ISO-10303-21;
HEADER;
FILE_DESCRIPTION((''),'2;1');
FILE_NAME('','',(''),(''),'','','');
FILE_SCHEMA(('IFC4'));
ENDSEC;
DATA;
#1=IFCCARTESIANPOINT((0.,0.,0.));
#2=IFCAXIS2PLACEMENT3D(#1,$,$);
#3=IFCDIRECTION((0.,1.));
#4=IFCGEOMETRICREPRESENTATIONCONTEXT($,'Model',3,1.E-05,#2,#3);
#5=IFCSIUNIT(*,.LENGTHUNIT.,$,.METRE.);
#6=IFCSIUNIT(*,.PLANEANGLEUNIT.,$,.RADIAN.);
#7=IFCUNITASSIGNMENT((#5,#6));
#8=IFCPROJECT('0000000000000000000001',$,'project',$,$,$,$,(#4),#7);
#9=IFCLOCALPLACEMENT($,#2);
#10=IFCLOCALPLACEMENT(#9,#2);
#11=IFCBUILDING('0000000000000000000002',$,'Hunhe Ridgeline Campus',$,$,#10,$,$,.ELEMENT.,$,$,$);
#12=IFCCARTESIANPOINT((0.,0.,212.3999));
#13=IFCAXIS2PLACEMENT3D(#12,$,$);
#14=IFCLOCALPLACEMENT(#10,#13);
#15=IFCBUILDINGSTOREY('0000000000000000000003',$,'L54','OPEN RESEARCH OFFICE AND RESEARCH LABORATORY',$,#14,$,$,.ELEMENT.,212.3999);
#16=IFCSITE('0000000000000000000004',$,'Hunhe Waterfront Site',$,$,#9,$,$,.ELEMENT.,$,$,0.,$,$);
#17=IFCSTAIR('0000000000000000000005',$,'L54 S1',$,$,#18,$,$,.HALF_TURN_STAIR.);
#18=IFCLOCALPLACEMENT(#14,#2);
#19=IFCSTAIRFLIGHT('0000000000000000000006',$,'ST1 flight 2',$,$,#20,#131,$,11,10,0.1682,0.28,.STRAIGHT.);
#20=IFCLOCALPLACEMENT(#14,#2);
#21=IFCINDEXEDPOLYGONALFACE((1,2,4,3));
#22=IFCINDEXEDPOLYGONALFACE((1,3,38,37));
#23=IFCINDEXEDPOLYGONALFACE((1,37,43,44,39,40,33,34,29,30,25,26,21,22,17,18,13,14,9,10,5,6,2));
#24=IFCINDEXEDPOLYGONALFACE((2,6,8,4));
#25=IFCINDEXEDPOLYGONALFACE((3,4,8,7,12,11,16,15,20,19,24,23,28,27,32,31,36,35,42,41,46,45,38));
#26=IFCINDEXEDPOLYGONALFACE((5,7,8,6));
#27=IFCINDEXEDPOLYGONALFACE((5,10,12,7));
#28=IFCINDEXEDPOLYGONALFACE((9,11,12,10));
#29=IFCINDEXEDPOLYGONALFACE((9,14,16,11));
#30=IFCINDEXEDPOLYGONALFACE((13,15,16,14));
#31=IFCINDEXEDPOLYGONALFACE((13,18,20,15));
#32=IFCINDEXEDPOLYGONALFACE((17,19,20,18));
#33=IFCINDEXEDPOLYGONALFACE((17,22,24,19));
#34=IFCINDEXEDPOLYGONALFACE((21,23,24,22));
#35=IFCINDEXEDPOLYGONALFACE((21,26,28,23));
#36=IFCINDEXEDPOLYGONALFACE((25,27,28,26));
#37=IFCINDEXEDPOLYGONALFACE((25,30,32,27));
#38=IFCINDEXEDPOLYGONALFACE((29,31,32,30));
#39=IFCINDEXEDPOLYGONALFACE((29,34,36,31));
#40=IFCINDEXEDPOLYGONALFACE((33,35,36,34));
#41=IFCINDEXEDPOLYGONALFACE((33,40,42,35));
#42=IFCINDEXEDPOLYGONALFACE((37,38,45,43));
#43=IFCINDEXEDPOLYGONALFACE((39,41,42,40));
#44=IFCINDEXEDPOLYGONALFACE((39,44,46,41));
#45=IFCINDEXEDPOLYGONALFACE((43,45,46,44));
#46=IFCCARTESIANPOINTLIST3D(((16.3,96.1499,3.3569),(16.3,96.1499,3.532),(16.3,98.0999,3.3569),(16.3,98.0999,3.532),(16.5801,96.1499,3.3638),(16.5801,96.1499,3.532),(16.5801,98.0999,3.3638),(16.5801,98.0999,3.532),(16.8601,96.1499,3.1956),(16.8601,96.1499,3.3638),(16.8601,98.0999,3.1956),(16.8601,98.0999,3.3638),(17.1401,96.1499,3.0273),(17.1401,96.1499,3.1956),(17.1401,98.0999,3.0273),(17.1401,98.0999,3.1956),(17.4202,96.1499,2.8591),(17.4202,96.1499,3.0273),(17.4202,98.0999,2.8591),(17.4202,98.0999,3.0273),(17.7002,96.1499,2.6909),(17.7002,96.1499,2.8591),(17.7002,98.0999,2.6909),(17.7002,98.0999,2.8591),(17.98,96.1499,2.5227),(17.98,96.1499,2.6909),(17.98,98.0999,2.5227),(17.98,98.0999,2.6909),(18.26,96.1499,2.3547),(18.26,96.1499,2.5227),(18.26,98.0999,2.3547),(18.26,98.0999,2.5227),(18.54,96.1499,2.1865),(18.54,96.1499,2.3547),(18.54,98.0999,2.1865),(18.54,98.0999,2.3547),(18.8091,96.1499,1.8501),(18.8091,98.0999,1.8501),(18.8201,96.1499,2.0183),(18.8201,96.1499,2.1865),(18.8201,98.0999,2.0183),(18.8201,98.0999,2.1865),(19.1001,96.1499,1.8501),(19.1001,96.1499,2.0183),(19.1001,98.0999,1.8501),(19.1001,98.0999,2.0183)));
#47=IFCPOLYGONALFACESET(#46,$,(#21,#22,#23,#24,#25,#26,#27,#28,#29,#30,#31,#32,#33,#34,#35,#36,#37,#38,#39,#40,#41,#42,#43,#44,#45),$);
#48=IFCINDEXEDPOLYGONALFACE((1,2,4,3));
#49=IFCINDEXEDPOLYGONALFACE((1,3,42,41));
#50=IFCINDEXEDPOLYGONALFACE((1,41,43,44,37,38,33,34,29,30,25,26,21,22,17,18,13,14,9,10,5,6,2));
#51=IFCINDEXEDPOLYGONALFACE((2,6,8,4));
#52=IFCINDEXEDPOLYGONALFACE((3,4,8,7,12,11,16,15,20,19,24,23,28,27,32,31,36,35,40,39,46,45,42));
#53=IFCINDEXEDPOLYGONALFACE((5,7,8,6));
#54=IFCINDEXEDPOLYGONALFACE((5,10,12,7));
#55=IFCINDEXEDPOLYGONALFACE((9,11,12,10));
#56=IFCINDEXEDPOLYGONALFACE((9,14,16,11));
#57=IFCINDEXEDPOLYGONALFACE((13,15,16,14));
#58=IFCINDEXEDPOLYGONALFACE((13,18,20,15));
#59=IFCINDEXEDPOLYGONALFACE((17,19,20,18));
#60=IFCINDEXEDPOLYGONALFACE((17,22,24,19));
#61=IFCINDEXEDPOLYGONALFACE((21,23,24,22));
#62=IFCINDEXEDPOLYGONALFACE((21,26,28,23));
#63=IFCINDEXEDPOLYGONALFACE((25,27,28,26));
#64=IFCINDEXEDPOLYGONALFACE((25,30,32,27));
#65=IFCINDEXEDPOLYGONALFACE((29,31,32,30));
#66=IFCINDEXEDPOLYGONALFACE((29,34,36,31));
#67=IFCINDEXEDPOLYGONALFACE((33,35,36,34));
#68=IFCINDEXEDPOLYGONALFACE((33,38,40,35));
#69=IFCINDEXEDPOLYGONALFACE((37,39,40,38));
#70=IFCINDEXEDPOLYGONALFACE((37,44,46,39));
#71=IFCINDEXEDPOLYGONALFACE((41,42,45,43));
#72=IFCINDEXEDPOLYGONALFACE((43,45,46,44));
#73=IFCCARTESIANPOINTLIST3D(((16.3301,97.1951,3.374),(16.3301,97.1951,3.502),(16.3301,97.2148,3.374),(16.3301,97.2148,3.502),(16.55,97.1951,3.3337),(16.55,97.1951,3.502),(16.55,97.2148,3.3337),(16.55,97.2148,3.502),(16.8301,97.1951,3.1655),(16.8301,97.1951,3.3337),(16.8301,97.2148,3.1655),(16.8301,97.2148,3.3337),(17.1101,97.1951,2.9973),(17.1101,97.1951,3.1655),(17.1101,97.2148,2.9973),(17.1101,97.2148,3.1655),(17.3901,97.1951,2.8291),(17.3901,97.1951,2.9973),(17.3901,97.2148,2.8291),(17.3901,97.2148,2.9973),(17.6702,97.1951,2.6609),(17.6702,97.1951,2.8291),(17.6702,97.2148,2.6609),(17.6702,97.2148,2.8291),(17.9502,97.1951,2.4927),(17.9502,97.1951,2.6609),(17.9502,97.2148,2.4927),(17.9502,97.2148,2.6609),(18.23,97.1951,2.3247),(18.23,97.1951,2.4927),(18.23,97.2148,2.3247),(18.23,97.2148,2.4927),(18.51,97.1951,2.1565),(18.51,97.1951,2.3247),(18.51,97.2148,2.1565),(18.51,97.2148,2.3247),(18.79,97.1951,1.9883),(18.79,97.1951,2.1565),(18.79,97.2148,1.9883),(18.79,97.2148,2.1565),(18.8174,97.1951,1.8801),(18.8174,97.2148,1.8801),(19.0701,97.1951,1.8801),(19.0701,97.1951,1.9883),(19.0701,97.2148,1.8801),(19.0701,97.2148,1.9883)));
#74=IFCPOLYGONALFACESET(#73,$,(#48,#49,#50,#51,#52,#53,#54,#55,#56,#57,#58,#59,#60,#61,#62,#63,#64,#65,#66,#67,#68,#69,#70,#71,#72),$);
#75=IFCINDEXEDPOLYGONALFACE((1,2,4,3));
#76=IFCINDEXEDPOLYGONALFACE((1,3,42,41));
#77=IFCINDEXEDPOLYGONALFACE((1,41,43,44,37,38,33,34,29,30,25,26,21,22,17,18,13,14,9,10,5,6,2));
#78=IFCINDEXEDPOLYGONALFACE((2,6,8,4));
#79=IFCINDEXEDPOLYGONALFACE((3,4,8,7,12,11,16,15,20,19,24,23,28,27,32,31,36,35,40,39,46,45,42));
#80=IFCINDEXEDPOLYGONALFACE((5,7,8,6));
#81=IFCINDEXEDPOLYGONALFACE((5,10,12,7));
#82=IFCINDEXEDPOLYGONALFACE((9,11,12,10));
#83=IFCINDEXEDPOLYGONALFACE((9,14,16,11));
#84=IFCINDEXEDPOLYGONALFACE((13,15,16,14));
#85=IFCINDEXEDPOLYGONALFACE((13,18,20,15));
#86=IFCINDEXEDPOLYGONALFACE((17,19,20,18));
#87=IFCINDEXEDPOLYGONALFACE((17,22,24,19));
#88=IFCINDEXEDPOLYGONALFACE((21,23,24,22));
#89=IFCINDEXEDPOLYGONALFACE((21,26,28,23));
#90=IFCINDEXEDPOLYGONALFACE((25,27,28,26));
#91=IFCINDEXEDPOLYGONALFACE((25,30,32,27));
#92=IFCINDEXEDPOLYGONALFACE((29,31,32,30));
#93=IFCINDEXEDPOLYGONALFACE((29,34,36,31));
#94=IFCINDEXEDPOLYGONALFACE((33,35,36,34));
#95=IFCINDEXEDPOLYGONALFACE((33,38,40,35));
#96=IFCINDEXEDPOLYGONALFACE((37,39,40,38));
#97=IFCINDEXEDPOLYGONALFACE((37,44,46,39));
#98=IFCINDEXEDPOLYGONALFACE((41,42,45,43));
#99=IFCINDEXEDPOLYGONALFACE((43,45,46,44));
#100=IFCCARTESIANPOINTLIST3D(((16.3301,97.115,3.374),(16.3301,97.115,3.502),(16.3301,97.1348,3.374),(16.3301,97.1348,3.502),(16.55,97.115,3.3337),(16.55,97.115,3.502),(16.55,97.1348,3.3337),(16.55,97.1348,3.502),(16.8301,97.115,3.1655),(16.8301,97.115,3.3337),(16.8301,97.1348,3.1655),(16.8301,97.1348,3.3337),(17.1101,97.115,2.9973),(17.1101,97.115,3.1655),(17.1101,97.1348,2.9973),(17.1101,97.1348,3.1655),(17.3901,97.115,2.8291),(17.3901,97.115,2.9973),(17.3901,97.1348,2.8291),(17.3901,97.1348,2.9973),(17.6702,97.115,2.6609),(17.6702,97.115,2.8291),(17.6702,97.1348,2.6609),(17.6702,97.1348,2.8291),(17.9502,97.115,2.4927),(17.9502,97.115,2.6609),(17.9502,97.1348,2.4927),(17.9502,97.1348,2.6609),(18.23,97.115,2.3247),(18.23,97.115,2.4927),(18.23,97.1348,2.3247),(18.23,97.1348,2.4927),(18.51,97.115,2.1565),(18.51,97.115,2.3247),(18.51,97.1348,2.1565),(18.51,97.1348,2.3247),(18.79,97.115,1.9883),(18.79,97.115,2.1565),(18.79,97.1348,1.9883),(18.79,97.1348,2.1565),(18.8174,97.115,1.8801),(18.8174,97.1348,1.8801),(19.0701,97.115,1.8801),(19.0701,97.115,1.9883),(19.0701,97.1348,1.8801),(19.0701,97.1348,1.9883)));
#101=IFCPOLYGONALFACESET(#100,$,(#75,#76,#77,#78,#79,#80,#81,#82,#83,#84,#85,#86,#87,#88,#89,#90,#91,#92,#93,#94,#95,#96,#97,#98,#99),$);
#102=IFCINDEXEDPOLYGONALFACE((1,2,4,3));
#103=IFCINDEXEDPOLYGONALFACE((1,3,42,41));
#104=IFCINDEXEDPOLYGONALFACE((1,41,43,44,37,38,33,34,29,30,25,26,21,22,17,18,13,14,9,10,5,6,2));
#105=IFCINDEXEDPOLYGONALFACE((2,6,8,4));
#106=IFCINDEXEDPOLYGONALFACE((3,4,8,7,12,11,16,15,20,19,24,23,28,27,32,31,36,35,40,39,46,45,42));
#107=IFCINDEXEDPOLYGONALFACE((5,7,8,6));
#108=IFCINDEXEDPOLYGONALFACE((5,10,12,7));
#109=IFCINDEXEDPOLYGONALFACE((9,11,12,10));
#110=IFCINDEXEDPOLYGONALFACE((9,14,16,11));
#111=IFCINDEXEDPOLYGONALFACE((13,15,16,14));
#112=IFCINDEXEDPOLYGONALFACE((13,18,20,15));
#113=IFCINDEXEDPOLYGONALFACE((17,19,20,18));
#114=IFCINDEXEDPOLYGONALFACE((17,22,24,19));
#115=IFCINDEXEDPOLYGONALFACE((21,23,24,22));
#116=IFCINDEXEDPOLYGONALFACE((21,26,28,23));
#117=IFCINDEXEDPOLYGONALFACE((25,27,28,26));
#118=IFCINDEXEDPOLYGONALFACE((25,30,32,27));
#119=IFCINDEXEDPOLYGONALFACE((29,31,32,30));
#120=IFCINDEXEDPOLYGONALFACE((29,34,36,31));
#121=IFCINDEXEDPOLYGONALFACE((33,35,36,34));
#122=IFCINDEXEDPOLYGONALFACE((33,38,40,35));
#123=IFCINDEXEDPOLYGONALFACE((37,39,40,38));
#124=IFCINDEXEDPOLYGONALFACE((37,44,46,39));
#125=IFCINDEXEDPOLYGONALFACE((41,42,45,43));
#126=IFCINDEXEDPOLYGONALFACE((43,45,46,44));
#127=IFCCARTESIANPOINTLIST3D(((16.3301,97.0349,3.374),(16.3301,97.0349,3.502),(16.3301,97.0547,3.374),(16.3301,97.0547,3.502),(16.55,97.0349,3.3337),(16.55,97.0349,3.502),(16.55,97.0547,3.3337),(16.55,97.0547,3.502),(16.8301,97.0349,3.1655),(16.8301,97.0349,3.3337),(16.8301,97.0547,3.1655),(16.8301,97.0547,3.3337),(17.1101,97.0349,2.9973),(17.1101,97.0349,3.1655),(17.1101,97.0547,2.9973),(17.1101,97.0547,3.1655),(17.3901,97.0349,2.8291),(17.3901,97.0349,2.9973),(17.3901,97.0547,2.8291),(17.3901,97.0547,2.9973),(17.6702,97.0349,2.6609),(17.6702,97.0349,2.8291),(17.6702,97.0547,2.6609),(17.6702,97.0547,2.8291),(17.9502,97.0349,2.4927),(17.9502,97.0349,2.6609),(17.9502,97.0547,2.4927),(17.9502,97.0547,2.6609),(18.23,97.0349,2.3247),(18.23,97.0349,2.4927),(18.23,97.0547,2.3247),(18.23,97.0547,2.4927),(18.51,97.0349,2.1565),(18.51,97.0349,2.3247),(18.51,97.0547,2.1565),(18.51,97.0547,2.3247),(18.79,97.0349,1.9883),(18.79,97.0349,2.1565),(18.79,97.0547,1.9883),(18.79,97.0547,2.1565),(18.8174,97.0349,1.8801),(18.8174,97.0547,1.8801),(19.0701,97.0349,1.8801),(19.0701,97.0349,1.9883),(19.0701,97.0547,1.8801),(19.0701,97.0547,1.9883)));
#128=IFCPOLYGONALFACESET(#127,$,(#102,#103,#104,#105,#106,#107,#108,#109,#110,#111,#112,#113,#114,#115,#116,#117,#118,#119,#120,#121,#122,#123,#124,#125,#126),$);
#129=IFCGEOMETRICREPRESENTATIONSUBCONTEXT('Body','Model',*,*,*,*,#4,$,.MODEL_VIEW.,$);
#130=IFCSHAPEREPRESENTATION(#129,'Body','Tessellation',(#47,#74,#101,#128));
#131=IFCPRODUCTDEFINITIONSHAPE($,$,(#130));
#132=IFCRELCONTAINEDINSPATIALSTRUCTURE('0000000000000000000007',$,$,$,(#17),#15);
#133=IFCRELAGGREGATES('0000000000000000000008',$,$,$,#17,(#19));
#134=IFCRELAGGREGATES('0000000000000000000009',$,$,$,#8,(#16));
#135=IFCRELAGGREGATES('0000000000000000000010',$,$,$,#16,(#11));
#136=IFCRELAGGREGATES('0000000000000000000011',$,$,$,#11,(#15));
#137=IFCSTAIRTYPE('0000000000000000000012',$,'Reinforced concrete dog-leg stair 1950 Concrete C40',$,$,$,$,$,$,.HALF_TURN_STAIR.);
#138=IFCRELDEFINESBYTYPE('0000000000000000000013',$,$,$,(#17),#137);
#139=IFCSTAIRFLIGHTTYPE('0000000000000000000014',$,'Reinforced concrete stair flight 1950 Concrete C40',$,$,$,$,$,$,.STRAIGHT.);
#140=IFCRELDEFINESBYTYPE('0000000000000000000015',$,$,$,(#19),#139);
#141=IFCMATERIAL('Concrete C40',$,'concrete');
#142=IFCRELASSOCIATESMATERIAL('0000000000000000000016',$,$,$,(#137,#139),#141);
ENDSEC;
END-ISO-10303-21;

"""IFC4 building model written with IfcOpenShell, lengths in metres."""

from ifc_helpers import new_model, si_unit, direction, frame, origin, place, context, subcontext, project, spatial, polyline, outline, extrude, material, type_object, element, aggregate, save


model = new_model("IFC4")

# Units and contexts
model_context = context("Model", 3, precision=1e-05, world=origin(), true_north=direction((0.0, 1.0)))
body_context = subcontext(model_context, "Body", "Model", "MODEL_VIEW")
ifc_project = project(units=[si_unit("LENGTHUNIT", "METRE"), si_unit("PLANEANGLEUNIT", "RADIAN")], contexts=[model_context])

# Site, building, storey
site_placement = place(None, origin())
site = spatial("IfcSite", under=ifc_project, at=site_placement, Name="Hunhe Waterfront Site", CompositionType="ELEMENT", RefElevation=0.0)
building_placement = place(site_placement, origin())
building = spatial("IfcBuilding", under=site, at=building_placement, Name="Hunhe Ridgeline Campus", CompositionType="ELEMENT")
storey_placement = place(building_placement, frame((0.0, 0.0, 212.3999)))
storey = spatial("IfcBuildingStorey", under=building, at=storey_placement, Name="L54", Description="OPEN RESEARCH OFFICE AND RESEARCH LABORATORY", CompositionType="ELEMENT", Elevation=212.3999)

# Stair, stair flight
ifc_material_1 = material(Name="Concrete C40", Category="concrete")
stair_type = type_object("IfcStairType", Name="Reinforced concrete dog-leg stair 1950 Concrete C40", PredefinedType="HALF_TURN_STAIR", material=ifc_material_1)
stair_placement = place(storey_placement, origin())
stair = element("IfcStair", 1, at=stair_placement, inside=storey, type_object=stair_type, Name="L54 S1", PredefinedType="HALF_TURN_STAIR")
stair_flight_type = type_object("IfcStairFlightType", Name="Reinforced concrete stair flight 1950 Concrete C40", PredefinedType="STRAIGHT", material=ifc_material_1)
stair_flight_1_placement = place(storey_placement, frame((19.1001, 97.125, 1.8501), z_axis=(0.0, 0.0, 1.0), x_axis=(-1.0, 0.0, 0.0)))
stair_flight_1 = element("IfcStairFlight", 2, at=stair_flight_1_placement, type_object=stair_flight_type, Name="ST1 flight 2", NumberOfRisers=11, NumberOfTreads=10, PredefinedType="STRAIGHT", RiserHeight=0.1682, TreadLength=0.28, context=body_context, shape_type="SweptSolid", body=[
    extrude(outline(polyline([(0.0, 0.0), (0.0, 0.1682), (0.28, 0.1682), (0.28, 0.3364), (0.5601, 0.3364), (0.5601, 0.5046), (0.8401, 0.5046), (0.8401, 0.6726), (1.1201, 0.6726), (1.1201, 0.8408), (1.3999, 0.8408), (1.3999, 1.009), (1.6799, 1.009), (1.6799, 1.1772), (1.96, 1.1772), (1.96, 1.3455), (2.24, 1.3455), (2.24, 1.5137), (2.52, 1.5137), (2.52, 1.6819), (2.8, 1.6819), (2.8, 1.8501), (2.8, 1.5068), (0.291, 0.0), (0.0, 0.0)])), frame((0.0, 0.9751, 0.0), z_axis=(0.0, -1.0, 0.0), x_axis=(1.0, 0.0, 0.0)), (0.0, 0.0, 1.0), 1.95),
    extrude(outline(polyline([(0.03, 0.03), (0.03, 0.1382), (0.3101, 0.1382), (0.3101, 0.3064), (0.5901, 0.3064), (0.5901, 0.4746), (0.8701, 0.4746), (0.8701, 0.6426), (1.1499, 0.6426), (1.1499, 0.8108), (1.4299, 0.8108), (1.4299, 0.979), (1.71, 0.979), (1.71, 1.1472), (1.99, 1.1472), (1.99, 1.3154), (2.27, 1.3154), (2.27, 1.4836), (2.55, 1.4836), (2.55, 1.6519), (2.77, 1.6519), (2.77, 1.5239), (0.2827, 0.03), (0.03, 0.03)])), frame((0.0, -0.0701, 0.0), z_axis=(0.0, -1.0, 0.0), x_axis=(1.0, 0.0, 0.0)), (0.0, 0.0, 1.0), 0.0198),
    extrude(outline(polyline([(0.03, 0.03), (0.03, 0.1382), (0.3101, 0.1382), (0.3101, 0.3064), (0.5901, 0.3064), (0.5901, 0.4746), (0.8701, 0.4746), (0.8701, 0.6426), (1.1499, 0.6426), (1.1499, 0.8108), (1.4299, 0.8108), (1.4299, 0.979), (1.71, 0.979), (1.71, 1.1472), (1.99, 1.1472), (1.99, 1.3154), (2.27, 1.3154), (2.27, 1.4836), (2.55, 1.4836), (2.55, 1.6519), (2.77, 1.6519), (2.77, 1.5239), (0.2827, 0.03), (0.03, 0.03)])), frame((0.0, 0.01, 0.0), z_axis=(0.0, -1.0, 0.0), x_axis=(1.0, 0.0, 0.0)), (0.0, 0.0, 1.0), 0.0198),
    extrude(outline(polyline([(0.03, 0.03), (0.03, 0.1382), (0.3101, 0.1382), (0.3101, 0.3064), (0.5901, 0.3064), (0.5901, 0.4746), (0.8701, 0.4746), (0.8701, 0.6426), (1.1499, 0.6426), (1.1499, 0.8108), (1.4299, 0.8108), (1.4299, 0.979), (1.71, 0.979), (1.71, 1.1472), (1.99, 1.1472), (1.99, 1.3154), (2.27, 1.3154), (2.27, 1.4836), (2.55, 1.4836), (2.55, 1.6519), (2.77, 1.6519), (2.77, 1.5239), (0.2827, 0.03), (0.03, 0.03)])), frame((0.0, 0.0901, 0.0), z_axis=(0.0, -1.0, 0.0), x_axis=(1.0, 0.0, 0.0)), (0.0, 0.0, 1.0), 0.0198),
])
aggregate(stair, [stair_flight_1])

save(model, "model.ifc")
